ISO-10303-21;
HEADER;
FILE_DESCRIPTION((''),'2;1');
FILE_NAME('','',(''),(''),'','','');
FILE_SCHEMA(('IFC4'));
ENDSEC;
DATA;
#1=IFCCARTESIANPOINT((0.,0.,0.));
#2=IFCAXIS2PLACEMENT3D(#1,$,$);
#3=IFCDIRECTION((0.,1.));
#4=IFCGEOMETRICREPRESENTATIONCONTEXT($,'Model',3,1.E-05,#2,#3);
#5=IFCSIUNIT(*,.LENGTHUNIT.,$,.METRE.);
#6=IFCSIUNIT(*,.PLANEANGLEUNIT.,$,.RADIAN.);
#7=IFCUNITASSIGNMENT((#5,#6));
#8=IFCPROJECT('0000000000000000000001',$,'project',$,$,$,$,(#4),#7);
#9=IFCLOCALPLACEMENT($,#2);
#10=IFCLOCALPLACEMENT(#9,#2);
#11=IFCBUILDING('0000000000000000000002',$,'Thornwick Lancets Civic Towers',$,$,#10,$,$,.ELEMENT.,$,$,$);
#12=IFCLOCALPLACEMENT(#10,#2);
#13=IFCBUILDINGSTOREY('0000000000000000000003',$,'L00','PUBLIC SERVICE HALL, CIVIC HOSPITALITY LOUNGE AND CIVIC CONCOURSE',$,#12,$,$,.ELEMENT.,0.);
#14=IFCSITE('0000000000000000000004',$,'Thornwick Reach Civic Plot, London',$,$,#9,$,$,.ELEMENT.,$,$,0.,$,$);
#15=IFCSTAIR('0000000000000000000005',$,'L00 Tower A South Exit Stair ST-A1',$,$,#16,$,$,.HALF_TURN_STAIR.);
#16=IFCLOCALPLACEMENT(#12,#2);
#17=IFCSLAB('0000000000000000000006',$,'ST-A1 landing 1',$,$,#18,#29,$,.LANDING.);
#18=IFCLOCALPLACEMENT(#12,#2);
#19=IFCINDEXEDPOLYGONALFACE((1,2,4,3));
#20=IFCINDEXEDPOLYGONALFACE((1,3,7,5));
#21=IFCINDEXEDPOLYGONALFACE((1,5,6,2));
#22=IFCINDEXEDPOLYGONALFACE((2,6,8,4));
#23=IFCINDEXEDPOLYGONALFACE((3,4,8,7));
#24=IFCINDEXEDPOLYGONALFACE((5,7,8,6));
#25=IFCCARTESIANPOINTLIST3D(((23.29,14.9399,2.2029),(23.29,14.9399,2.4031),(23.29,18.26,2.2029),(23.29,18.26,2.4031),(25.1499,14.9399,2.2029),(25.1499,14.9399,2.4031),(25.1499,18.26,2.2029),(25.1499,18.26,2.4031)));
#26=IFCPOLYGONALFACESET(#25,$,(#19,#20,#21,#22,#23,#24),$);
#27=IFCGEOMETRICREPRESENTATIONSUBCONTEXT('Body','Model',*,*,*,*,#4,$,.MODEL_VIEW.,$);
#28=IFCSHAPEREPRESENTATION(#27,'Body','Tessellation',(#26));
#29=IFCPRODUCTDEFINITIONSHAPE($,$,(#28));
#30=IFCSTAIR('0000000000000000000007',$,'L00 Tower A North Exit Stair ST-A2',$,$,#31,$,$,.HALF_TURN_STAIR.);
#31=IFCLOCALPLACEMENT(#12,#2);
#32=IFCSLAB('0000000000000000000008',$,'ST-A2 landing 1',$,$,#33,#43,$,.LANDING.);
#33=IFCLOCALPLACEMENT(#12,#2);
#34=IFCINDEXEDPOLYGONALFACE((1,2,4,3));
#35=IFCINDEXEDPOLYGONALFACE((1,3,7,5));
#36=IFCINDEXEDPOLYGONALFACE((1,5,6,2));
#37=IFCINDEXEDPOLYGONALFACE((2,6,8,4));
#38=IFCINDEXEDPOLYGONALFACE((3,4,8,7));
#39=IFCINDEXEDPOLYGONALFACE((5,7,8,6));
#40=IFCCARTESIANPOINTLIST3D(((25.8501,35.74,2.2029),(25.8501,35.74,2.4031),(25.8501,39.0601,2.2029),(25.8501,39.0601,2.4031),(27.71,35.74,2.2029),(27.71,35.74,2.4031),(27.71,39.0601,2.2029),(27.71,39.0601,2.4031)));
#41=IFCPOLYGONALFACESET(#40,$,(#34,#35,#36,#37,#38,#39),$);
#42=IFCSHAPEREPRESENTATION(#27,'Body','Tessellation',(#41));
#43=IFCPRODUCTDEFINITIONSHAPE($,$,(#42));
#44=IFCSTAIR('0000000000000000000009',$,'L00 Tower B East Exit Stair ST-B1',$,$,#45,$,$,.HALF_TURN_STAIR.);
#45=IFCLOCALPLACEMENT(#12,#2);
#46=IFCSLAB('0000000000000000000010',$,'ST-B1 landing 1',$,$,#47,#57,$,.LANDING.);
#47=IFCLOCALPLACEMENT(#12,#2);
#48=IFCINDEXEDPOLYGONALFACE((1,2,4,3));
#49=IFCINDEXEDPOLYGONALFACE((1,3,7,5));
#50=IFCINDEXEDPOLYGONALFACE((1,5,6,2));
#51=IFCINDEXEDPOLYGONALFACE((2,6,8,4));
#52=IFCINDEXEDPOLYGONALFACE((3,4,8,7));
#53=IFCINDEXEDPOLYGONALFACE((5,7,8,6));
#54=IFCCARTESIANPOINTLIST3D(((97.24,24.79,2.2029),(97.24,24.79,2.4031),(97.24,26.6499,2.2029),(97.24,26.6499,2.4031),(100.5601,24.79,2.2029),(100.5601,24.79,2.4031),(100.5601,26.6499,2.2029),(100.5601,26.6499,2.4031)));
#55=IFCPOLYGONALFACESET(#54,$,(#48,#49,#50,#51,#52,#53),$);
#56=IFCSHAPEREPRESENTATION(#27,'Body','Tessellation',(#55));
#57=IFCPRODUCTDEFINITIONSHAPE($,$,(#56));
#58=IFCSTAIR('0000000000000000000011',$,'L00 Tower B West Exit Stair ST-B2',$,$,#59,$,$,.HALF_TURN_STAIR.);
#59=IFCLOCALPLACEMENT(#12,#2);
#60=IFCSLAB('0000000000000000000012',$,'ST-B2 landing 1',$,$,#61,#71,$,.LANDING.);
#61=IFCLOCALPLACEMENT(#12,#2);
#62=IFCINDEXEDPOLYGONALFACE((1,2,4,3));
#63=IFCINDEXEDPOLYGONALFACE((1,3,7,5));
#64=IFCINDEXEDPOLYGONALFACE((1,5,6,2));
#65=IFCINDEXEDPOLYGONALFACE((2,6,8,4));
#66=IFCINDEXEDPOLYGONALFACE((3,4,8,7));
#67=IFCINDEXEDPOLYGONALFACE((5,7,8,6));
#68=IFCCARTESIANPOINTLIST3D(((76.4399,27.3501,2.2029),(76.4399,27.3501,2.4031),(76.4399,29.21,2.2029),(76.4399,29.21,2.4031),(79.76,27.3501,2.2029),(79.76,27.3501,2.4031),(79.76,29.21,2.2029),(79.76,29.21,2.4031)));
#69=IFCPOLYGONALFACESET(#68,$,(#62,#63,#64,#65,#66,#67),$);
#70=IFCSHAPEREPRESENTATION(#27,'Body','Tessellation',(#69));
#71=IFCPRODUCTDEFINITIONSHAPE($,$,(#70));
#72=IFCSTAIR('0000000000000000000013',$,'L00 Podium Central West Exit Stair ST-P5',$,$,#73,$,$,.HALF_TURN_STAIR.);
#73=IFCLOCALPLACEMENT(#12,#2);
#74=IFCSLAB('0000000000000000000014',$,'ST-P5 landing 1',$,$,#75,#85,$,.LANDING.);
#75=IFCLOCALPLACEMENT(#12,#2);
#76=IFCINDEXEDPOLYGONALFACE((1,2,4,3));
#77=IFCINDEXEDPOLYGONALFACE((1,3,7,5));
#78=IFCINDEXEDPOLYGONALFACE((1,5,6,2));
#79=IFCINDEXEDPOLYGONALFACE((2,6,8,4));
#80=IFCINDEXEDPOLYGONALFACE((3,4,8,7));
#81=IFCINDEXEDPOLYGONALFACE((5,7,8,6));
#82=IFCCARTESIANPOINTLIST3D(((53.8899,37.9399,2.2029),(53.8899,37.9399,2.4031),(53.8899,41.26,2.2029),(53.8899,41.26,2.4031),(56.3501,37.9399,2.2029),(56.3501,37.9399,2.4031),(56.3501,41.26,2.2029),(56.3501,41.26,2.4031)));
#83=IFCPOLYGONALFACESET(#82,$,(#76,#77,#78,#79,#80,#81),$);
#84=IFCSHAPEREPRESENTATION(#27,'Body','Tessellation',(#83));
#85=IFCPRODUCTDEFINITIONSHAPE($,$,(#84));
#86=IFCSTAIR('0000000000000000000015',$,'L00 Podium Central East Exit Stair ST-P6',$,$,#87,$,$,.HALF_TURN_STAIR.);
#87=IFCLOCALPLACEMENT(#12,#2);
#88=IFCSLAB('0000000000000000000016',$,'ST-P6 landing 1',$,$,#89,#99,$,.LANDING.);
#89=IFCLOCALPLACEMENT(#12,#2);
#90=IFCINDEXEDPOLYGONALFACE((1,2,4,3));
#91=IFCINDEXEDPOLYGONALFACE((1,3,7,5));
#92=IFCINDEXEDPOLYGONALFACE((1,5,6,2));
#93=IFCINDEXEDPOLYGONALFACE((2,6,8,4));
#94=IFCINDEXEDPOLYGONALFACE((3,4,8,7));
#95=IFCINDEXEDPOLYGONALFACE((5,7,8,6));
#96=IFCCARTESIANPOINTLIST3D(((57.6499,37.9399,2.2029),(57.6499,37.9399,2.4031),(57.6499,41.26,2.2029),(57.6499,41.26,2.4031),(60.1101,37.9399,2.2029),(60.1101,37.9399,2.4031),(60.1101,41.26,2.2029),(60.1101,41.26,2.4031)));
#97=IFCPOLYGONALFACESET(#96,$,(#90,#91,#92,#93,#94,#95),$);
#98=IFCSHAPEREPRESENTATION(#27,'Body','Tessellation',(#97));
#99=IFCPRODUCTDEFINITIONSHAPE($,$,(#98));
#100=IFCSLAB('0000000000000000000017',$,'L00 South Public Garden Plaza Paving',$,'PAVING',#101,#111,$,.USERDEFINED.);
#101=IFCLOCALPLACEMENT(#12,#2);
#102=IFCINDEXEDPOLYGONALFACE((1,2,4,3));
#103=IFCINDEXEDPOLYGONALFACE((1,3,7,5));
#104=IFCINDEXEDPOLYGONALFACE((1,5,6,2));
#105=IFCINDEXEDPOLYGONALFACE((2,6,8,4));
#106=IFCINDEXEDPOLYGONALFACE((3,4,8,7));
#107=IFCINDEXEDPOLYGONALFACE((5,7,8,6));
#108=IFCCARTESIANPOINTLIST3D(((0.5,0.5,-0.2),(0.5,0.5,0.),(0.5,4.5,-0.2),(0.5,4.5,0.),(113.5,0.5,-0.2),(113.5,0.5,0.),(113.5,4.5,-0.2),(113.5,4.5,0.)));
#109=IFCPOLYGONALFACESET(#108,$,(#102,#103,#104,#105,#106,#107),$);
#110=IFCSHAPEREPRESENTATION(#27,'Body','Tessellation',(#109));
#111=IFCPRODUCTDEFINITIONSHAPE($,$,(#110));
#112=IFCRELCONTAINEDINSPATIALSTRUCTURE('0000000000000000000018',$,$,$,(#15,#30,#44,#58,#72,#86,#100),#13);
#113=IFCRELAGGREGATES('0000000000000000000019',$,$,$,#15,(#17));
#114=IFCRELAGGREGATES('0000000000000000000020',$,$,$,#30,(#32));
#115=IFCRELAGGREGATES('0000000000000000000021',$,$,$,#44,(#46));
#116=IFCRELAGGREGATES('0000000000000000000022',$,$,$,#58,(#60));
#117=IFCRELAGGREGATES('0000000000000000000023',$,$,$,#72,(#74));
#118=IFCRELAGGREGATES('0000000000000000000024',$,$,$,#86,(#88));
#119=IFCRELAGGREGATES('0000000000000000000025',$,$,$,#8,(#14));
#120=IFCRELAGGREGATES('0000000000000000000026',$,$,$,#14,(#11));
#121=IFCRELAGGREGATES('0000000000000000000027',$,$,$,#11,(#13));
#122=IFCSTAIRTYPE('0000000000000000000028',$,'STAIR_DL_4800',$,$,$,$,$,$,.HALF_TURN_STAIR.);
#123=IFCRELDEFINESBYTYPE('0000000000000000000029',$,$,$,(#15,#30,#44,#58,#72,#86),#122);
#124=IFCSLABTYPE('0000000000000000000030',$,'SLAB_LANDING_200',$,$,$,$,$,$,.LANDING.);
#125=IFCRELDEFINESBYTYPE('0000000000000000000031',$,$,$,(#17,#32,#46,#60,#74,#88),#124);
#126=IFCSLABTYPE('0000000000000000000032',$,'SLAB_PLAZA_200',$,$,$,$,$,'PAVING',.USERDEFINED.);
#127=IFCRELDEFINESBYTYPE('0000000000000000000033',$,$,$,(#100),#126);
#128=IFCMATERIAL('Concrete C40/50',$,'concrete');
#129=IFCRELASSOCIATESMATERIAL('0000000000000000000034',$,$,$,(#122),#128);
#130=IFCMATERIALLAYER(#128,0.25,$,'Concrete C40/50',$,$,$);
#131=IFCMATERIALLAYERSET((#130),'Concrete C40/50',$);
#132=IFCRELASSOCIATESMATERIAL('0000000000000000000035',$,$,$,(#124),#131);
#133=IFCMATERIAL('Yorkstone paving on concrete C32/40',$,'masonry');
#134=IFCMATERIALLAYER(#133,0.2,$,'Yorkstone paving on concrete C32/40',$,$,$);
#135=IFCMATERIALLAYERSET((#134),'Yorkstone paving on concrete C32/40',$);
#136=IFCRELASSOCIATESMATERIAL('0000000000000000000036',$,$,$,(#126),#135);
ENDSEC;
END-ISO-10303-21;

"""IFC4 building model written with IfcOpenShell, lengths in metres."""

from ifc_helpers import new_model, si_unit, direction, frame, origin, place, context, subcontext, project, spatial, polyline, outline, extrude, material, layer, layer_set, type_object, element, aggregate, save


model = new_model("IFC4")

# Units and contexts
model_context = context("Model", 3, precision=1e-05, world=origin(), true_north=direction((0.0, 1.0)))
body_context = subcontext(model_context, "Body", "Model", "MODEL_VIEW")
ifc_project = project(units=[si_unit("LENGTHUNIT", "METRE"), si_unit("PLANEANGLEUNIT", "RADIAN")], contexts=[model_context])

# Site, building, storey
site_placement = place(None, origin())
site = spatial("IfcSite", under=ifc_project, at=site_placement, Name="Thornwick Reach Civic Plot, London", CompositionType="ELEMENT", RefElevation=0.0)
building_placement = place(site_placement, origin())
building = spatial("IfcBuilding", under=site, at=building_placement, Name="Thornwick Lancets Civic Towers", CompositionType="ELEMENT")
storey_placement = place(building_placement, origin())
storey = spatial("IfcBuildingStorey", under=building, at=storey_placement, Name="L00", Description="PUBLIC SERVICE HALL, CIVIC HOSPITALITY LOUNGE AND CIVIC CONCOURSE", CompositionType="ELEMENT", Elevation=0.0)

# Stairs, slabs
ifc_material_1 = material(Name="Concrete C40/50", Category="concrete")
stair_type = type_object("IfcStairType", Name="STAIR_DL_4800", PredefinedType="HALF_TURN_STAIR", material=ifc_material_1)
stair_1_placement = place(storey_placement, origin())
stair_1 = element("IfcStair", 1, at=stair_1_placement, inside=storey, type_object=stair_type, Name="L00 Tower A South Exit Stair ST-A1", PredefinedType="HALF_TURN_STAIR")
ifc_layer_1 = layer(ifc_material_1, 0.25, Name="Concrete C40/50")
ifc_layer_set_1 = layer_set([ifc_layer_1], Name="Concrete C40/50")
slab_type_1 = type_object("IfcSlabType", Name="SLAB_LANDING_200", PredefinedType="LANDING", material=ifc_layer_set_1)
slab_1_placement = place(storey_placement, frame((0.0, 0.0, 2.2029)))
slab_1 = element("IfcSlab", 2, at=slab_1_placement, type_object=slab_type_1, Name="ST-A1 landing 1", PredefinedType="LANDING", context=body_context, shape_type="SweptSolid", body=[
    extrude(outline(polyline([(23.29, 14.9399), (25.1499, 14.9399), (25.1499, 18.26), (23.29, 18.26), (23.29, 14.9399)])), origin(), (0.0, 0.0, 1.0), 0.2002),
])
aggregate(stair_1, [slab_1])
stair_2_placement = place(storey_placement, origin())
stair_2 = element("IfcStair", 3, at=stair_2_placement, inside=storey, type_object=stair_type, Name="L00 Tower A North Exit Stair ST-A2", PredefinedType="HALF_TURN_STAIR")
slab_2_placement = place(storey_placement, frame((0.0, 0.0, 2.2029)))
slab_2 = element("IfcSlab", 4, at=slab_2_placement, type_object=slab_type_1, Name="ST-A2 landing 1", PredefinedType="LANDING", context=body_context, shape_type="SweptSolid", body=[
    extrude(outline(polyline([(27.71, 39.0601), (25.8501, 39.0601), (25.8501, 35.74), (27.71, 35.74), (27.71, 39.0601)])), origin(), (0.0, 0.0, 1.0), 0.2002),
])
aggregate(stair_2, [slab_2])
stair_3_placement = place(storey_placement, origin())
stair_3 = element("IfcStair", 5, at=stair_3_placement, inside=storey, type_object=stair_type, Name="L00 Tower B East Exit Stair ST-B1", PredefinedType="HALF_TURN_STAIR")
slab_3_placement = place(storey_placement, frame((0.0, 0.0, 2.2029)))
slab_3 = element("IfcSlab", 6, at=slab_3_placement, type_object=slab_type_1, Name="ST-B1 landing 1", PredefinedType="LANDING", context=body_context, shape_type="SweptSolid", body=[
    extrude(outline(polyline([(100.5601, 24.79), (100.5601, 26.6499), (97.24, 26.6499), (97.24, 24.79), (100.5601, 24.79)])), origin(), (0.0, 0.0, 1.0), 0.2002),
])
aggregate(stair_3, [slab_3])
stair_4_placement = place(storey_placement, origin())
stair_4 = element("IfcStair", 7, at=stair_4_placement, inside=storey, type_object=stair_type, Name="L00 Tower B West Exit Stair ST-B2", PredefinedType="HALF_TURN_STAIR")
slab_4_placement = place(storey_placement, frame((0.0, 0.0, 2.2029)))
slab_4 = element("IfcSlab", 8, at=slab_4_placement, type_object=slab_type_1, Name="ST-B2 landing 1", PredefinedType="LANDING", context=body_context, shape_type="SweptSolid", body=[
    extrude(outline(polyline([(76.4399, 29.21), (76.4399, 27.3501), (79.76, 27.3501), (79.76, 29.21), (76.4399, 29.21)])), origin(), (0.0, 0.0, 1.0), 0.2002),
])
aggregate(stair_4, [slab_4])
stair_5_placement = place(storey_placement, origin())
stair_5 = element("IfcStair", 9, at=stair_5_placement, inside=storey, type_object=stair_type, Name="L00 Podium Central West Exit Stair ST-P5", PredefinedType="HALF_TURN_STAIR")
slab_5_placement = place(storey_placement, frame((0.0, 0.0, 2.2029)))
slab_5 = element("IfcSlab", 10, at=slab_5_placement, type_object=slab_type_1, Name="ST-P5 landing 1", PredefinedType="LANDING", context=body_context, shape_type="SweptSolid", body=[
    extrude(outline(polyline([(53.8899, 37.9399), (56.3501, 37.9399), (56.3501, 41.26), (53.8899, 41.26), (53.8899, 37.9399)])), origin(), (0.0, 0.0, 1.0), 0.2002),
])
aggregate(stair_5, [slab_5])
stair_6_placement = place(storey_placement, origin())
stair_6 = element("IfcStair", 11, at=stair_6_placement, inside=storey, type_object=stair_type, Name="L00 Podium Central East Exit Stair ST-P6", PredefinedType="HALF_TURN_STAIR")
slab_6_placement = place(storey_placement, frame((0.0, 0.0, 2.2029)))
slab_6 = element("IfcSlab", 12, at=slab_6_placement, type_object=slab_type_1, Name="ST-P6 landing 1", PredefinedType="LANDING", context=body_context, shape_type="SweptSolid", body=[
    extrude(outline(polyline([(60.1101, 41.26), (57.6499, 41.26), (57.6499, 37.9399), (60.1101, 37.9399), (60.1101, 41.26)])), origin(), (0.0, 0.0, 1.0), 0.2002),
])
aggregate(stair_6, [slab_6])

# Slab
ifc_material_2 = material(Name="Yorkstone paving on concrete C32/40", Category="masonry")
ifc_layer_2 = layer(ifc_material_2, 0.2, Name="Yorkstone paving on concrete C32/40")
ifc_layer_set_2 = layer_set([ifc_layer_2], Name="Yorkstone paving on concrete C32/40")
slab_type_2 = type_object("IfcSlabType", Name="SLAB_PLAZA_200", ElementType="PAVING", PredefinedType="USERDEFINED", material=ifc_layer_set_2)
slab_7_placement = place(storey_placement, frame((0.0, 0.0, -0.2)))
element("IfcSlab", 13, at=slab_7_placement, inside=storey, type_object=slab_type_2, Name="L00 South Public Garden Plaza Paving", ObjectType="PAVING", PredefinedType="USERDEFINED", context=body_context, shape_type="SweptSolid", body=[
    extrude(outline(polyline([(0.5, 0.5), (113.5, 0.5), (113.5, 4.5), (0.5, 4.5), (0.5, 0.5)])), origin(), (0.0, 0.0, 1.0), 0.2),
])

save(model, "model.ifc")
